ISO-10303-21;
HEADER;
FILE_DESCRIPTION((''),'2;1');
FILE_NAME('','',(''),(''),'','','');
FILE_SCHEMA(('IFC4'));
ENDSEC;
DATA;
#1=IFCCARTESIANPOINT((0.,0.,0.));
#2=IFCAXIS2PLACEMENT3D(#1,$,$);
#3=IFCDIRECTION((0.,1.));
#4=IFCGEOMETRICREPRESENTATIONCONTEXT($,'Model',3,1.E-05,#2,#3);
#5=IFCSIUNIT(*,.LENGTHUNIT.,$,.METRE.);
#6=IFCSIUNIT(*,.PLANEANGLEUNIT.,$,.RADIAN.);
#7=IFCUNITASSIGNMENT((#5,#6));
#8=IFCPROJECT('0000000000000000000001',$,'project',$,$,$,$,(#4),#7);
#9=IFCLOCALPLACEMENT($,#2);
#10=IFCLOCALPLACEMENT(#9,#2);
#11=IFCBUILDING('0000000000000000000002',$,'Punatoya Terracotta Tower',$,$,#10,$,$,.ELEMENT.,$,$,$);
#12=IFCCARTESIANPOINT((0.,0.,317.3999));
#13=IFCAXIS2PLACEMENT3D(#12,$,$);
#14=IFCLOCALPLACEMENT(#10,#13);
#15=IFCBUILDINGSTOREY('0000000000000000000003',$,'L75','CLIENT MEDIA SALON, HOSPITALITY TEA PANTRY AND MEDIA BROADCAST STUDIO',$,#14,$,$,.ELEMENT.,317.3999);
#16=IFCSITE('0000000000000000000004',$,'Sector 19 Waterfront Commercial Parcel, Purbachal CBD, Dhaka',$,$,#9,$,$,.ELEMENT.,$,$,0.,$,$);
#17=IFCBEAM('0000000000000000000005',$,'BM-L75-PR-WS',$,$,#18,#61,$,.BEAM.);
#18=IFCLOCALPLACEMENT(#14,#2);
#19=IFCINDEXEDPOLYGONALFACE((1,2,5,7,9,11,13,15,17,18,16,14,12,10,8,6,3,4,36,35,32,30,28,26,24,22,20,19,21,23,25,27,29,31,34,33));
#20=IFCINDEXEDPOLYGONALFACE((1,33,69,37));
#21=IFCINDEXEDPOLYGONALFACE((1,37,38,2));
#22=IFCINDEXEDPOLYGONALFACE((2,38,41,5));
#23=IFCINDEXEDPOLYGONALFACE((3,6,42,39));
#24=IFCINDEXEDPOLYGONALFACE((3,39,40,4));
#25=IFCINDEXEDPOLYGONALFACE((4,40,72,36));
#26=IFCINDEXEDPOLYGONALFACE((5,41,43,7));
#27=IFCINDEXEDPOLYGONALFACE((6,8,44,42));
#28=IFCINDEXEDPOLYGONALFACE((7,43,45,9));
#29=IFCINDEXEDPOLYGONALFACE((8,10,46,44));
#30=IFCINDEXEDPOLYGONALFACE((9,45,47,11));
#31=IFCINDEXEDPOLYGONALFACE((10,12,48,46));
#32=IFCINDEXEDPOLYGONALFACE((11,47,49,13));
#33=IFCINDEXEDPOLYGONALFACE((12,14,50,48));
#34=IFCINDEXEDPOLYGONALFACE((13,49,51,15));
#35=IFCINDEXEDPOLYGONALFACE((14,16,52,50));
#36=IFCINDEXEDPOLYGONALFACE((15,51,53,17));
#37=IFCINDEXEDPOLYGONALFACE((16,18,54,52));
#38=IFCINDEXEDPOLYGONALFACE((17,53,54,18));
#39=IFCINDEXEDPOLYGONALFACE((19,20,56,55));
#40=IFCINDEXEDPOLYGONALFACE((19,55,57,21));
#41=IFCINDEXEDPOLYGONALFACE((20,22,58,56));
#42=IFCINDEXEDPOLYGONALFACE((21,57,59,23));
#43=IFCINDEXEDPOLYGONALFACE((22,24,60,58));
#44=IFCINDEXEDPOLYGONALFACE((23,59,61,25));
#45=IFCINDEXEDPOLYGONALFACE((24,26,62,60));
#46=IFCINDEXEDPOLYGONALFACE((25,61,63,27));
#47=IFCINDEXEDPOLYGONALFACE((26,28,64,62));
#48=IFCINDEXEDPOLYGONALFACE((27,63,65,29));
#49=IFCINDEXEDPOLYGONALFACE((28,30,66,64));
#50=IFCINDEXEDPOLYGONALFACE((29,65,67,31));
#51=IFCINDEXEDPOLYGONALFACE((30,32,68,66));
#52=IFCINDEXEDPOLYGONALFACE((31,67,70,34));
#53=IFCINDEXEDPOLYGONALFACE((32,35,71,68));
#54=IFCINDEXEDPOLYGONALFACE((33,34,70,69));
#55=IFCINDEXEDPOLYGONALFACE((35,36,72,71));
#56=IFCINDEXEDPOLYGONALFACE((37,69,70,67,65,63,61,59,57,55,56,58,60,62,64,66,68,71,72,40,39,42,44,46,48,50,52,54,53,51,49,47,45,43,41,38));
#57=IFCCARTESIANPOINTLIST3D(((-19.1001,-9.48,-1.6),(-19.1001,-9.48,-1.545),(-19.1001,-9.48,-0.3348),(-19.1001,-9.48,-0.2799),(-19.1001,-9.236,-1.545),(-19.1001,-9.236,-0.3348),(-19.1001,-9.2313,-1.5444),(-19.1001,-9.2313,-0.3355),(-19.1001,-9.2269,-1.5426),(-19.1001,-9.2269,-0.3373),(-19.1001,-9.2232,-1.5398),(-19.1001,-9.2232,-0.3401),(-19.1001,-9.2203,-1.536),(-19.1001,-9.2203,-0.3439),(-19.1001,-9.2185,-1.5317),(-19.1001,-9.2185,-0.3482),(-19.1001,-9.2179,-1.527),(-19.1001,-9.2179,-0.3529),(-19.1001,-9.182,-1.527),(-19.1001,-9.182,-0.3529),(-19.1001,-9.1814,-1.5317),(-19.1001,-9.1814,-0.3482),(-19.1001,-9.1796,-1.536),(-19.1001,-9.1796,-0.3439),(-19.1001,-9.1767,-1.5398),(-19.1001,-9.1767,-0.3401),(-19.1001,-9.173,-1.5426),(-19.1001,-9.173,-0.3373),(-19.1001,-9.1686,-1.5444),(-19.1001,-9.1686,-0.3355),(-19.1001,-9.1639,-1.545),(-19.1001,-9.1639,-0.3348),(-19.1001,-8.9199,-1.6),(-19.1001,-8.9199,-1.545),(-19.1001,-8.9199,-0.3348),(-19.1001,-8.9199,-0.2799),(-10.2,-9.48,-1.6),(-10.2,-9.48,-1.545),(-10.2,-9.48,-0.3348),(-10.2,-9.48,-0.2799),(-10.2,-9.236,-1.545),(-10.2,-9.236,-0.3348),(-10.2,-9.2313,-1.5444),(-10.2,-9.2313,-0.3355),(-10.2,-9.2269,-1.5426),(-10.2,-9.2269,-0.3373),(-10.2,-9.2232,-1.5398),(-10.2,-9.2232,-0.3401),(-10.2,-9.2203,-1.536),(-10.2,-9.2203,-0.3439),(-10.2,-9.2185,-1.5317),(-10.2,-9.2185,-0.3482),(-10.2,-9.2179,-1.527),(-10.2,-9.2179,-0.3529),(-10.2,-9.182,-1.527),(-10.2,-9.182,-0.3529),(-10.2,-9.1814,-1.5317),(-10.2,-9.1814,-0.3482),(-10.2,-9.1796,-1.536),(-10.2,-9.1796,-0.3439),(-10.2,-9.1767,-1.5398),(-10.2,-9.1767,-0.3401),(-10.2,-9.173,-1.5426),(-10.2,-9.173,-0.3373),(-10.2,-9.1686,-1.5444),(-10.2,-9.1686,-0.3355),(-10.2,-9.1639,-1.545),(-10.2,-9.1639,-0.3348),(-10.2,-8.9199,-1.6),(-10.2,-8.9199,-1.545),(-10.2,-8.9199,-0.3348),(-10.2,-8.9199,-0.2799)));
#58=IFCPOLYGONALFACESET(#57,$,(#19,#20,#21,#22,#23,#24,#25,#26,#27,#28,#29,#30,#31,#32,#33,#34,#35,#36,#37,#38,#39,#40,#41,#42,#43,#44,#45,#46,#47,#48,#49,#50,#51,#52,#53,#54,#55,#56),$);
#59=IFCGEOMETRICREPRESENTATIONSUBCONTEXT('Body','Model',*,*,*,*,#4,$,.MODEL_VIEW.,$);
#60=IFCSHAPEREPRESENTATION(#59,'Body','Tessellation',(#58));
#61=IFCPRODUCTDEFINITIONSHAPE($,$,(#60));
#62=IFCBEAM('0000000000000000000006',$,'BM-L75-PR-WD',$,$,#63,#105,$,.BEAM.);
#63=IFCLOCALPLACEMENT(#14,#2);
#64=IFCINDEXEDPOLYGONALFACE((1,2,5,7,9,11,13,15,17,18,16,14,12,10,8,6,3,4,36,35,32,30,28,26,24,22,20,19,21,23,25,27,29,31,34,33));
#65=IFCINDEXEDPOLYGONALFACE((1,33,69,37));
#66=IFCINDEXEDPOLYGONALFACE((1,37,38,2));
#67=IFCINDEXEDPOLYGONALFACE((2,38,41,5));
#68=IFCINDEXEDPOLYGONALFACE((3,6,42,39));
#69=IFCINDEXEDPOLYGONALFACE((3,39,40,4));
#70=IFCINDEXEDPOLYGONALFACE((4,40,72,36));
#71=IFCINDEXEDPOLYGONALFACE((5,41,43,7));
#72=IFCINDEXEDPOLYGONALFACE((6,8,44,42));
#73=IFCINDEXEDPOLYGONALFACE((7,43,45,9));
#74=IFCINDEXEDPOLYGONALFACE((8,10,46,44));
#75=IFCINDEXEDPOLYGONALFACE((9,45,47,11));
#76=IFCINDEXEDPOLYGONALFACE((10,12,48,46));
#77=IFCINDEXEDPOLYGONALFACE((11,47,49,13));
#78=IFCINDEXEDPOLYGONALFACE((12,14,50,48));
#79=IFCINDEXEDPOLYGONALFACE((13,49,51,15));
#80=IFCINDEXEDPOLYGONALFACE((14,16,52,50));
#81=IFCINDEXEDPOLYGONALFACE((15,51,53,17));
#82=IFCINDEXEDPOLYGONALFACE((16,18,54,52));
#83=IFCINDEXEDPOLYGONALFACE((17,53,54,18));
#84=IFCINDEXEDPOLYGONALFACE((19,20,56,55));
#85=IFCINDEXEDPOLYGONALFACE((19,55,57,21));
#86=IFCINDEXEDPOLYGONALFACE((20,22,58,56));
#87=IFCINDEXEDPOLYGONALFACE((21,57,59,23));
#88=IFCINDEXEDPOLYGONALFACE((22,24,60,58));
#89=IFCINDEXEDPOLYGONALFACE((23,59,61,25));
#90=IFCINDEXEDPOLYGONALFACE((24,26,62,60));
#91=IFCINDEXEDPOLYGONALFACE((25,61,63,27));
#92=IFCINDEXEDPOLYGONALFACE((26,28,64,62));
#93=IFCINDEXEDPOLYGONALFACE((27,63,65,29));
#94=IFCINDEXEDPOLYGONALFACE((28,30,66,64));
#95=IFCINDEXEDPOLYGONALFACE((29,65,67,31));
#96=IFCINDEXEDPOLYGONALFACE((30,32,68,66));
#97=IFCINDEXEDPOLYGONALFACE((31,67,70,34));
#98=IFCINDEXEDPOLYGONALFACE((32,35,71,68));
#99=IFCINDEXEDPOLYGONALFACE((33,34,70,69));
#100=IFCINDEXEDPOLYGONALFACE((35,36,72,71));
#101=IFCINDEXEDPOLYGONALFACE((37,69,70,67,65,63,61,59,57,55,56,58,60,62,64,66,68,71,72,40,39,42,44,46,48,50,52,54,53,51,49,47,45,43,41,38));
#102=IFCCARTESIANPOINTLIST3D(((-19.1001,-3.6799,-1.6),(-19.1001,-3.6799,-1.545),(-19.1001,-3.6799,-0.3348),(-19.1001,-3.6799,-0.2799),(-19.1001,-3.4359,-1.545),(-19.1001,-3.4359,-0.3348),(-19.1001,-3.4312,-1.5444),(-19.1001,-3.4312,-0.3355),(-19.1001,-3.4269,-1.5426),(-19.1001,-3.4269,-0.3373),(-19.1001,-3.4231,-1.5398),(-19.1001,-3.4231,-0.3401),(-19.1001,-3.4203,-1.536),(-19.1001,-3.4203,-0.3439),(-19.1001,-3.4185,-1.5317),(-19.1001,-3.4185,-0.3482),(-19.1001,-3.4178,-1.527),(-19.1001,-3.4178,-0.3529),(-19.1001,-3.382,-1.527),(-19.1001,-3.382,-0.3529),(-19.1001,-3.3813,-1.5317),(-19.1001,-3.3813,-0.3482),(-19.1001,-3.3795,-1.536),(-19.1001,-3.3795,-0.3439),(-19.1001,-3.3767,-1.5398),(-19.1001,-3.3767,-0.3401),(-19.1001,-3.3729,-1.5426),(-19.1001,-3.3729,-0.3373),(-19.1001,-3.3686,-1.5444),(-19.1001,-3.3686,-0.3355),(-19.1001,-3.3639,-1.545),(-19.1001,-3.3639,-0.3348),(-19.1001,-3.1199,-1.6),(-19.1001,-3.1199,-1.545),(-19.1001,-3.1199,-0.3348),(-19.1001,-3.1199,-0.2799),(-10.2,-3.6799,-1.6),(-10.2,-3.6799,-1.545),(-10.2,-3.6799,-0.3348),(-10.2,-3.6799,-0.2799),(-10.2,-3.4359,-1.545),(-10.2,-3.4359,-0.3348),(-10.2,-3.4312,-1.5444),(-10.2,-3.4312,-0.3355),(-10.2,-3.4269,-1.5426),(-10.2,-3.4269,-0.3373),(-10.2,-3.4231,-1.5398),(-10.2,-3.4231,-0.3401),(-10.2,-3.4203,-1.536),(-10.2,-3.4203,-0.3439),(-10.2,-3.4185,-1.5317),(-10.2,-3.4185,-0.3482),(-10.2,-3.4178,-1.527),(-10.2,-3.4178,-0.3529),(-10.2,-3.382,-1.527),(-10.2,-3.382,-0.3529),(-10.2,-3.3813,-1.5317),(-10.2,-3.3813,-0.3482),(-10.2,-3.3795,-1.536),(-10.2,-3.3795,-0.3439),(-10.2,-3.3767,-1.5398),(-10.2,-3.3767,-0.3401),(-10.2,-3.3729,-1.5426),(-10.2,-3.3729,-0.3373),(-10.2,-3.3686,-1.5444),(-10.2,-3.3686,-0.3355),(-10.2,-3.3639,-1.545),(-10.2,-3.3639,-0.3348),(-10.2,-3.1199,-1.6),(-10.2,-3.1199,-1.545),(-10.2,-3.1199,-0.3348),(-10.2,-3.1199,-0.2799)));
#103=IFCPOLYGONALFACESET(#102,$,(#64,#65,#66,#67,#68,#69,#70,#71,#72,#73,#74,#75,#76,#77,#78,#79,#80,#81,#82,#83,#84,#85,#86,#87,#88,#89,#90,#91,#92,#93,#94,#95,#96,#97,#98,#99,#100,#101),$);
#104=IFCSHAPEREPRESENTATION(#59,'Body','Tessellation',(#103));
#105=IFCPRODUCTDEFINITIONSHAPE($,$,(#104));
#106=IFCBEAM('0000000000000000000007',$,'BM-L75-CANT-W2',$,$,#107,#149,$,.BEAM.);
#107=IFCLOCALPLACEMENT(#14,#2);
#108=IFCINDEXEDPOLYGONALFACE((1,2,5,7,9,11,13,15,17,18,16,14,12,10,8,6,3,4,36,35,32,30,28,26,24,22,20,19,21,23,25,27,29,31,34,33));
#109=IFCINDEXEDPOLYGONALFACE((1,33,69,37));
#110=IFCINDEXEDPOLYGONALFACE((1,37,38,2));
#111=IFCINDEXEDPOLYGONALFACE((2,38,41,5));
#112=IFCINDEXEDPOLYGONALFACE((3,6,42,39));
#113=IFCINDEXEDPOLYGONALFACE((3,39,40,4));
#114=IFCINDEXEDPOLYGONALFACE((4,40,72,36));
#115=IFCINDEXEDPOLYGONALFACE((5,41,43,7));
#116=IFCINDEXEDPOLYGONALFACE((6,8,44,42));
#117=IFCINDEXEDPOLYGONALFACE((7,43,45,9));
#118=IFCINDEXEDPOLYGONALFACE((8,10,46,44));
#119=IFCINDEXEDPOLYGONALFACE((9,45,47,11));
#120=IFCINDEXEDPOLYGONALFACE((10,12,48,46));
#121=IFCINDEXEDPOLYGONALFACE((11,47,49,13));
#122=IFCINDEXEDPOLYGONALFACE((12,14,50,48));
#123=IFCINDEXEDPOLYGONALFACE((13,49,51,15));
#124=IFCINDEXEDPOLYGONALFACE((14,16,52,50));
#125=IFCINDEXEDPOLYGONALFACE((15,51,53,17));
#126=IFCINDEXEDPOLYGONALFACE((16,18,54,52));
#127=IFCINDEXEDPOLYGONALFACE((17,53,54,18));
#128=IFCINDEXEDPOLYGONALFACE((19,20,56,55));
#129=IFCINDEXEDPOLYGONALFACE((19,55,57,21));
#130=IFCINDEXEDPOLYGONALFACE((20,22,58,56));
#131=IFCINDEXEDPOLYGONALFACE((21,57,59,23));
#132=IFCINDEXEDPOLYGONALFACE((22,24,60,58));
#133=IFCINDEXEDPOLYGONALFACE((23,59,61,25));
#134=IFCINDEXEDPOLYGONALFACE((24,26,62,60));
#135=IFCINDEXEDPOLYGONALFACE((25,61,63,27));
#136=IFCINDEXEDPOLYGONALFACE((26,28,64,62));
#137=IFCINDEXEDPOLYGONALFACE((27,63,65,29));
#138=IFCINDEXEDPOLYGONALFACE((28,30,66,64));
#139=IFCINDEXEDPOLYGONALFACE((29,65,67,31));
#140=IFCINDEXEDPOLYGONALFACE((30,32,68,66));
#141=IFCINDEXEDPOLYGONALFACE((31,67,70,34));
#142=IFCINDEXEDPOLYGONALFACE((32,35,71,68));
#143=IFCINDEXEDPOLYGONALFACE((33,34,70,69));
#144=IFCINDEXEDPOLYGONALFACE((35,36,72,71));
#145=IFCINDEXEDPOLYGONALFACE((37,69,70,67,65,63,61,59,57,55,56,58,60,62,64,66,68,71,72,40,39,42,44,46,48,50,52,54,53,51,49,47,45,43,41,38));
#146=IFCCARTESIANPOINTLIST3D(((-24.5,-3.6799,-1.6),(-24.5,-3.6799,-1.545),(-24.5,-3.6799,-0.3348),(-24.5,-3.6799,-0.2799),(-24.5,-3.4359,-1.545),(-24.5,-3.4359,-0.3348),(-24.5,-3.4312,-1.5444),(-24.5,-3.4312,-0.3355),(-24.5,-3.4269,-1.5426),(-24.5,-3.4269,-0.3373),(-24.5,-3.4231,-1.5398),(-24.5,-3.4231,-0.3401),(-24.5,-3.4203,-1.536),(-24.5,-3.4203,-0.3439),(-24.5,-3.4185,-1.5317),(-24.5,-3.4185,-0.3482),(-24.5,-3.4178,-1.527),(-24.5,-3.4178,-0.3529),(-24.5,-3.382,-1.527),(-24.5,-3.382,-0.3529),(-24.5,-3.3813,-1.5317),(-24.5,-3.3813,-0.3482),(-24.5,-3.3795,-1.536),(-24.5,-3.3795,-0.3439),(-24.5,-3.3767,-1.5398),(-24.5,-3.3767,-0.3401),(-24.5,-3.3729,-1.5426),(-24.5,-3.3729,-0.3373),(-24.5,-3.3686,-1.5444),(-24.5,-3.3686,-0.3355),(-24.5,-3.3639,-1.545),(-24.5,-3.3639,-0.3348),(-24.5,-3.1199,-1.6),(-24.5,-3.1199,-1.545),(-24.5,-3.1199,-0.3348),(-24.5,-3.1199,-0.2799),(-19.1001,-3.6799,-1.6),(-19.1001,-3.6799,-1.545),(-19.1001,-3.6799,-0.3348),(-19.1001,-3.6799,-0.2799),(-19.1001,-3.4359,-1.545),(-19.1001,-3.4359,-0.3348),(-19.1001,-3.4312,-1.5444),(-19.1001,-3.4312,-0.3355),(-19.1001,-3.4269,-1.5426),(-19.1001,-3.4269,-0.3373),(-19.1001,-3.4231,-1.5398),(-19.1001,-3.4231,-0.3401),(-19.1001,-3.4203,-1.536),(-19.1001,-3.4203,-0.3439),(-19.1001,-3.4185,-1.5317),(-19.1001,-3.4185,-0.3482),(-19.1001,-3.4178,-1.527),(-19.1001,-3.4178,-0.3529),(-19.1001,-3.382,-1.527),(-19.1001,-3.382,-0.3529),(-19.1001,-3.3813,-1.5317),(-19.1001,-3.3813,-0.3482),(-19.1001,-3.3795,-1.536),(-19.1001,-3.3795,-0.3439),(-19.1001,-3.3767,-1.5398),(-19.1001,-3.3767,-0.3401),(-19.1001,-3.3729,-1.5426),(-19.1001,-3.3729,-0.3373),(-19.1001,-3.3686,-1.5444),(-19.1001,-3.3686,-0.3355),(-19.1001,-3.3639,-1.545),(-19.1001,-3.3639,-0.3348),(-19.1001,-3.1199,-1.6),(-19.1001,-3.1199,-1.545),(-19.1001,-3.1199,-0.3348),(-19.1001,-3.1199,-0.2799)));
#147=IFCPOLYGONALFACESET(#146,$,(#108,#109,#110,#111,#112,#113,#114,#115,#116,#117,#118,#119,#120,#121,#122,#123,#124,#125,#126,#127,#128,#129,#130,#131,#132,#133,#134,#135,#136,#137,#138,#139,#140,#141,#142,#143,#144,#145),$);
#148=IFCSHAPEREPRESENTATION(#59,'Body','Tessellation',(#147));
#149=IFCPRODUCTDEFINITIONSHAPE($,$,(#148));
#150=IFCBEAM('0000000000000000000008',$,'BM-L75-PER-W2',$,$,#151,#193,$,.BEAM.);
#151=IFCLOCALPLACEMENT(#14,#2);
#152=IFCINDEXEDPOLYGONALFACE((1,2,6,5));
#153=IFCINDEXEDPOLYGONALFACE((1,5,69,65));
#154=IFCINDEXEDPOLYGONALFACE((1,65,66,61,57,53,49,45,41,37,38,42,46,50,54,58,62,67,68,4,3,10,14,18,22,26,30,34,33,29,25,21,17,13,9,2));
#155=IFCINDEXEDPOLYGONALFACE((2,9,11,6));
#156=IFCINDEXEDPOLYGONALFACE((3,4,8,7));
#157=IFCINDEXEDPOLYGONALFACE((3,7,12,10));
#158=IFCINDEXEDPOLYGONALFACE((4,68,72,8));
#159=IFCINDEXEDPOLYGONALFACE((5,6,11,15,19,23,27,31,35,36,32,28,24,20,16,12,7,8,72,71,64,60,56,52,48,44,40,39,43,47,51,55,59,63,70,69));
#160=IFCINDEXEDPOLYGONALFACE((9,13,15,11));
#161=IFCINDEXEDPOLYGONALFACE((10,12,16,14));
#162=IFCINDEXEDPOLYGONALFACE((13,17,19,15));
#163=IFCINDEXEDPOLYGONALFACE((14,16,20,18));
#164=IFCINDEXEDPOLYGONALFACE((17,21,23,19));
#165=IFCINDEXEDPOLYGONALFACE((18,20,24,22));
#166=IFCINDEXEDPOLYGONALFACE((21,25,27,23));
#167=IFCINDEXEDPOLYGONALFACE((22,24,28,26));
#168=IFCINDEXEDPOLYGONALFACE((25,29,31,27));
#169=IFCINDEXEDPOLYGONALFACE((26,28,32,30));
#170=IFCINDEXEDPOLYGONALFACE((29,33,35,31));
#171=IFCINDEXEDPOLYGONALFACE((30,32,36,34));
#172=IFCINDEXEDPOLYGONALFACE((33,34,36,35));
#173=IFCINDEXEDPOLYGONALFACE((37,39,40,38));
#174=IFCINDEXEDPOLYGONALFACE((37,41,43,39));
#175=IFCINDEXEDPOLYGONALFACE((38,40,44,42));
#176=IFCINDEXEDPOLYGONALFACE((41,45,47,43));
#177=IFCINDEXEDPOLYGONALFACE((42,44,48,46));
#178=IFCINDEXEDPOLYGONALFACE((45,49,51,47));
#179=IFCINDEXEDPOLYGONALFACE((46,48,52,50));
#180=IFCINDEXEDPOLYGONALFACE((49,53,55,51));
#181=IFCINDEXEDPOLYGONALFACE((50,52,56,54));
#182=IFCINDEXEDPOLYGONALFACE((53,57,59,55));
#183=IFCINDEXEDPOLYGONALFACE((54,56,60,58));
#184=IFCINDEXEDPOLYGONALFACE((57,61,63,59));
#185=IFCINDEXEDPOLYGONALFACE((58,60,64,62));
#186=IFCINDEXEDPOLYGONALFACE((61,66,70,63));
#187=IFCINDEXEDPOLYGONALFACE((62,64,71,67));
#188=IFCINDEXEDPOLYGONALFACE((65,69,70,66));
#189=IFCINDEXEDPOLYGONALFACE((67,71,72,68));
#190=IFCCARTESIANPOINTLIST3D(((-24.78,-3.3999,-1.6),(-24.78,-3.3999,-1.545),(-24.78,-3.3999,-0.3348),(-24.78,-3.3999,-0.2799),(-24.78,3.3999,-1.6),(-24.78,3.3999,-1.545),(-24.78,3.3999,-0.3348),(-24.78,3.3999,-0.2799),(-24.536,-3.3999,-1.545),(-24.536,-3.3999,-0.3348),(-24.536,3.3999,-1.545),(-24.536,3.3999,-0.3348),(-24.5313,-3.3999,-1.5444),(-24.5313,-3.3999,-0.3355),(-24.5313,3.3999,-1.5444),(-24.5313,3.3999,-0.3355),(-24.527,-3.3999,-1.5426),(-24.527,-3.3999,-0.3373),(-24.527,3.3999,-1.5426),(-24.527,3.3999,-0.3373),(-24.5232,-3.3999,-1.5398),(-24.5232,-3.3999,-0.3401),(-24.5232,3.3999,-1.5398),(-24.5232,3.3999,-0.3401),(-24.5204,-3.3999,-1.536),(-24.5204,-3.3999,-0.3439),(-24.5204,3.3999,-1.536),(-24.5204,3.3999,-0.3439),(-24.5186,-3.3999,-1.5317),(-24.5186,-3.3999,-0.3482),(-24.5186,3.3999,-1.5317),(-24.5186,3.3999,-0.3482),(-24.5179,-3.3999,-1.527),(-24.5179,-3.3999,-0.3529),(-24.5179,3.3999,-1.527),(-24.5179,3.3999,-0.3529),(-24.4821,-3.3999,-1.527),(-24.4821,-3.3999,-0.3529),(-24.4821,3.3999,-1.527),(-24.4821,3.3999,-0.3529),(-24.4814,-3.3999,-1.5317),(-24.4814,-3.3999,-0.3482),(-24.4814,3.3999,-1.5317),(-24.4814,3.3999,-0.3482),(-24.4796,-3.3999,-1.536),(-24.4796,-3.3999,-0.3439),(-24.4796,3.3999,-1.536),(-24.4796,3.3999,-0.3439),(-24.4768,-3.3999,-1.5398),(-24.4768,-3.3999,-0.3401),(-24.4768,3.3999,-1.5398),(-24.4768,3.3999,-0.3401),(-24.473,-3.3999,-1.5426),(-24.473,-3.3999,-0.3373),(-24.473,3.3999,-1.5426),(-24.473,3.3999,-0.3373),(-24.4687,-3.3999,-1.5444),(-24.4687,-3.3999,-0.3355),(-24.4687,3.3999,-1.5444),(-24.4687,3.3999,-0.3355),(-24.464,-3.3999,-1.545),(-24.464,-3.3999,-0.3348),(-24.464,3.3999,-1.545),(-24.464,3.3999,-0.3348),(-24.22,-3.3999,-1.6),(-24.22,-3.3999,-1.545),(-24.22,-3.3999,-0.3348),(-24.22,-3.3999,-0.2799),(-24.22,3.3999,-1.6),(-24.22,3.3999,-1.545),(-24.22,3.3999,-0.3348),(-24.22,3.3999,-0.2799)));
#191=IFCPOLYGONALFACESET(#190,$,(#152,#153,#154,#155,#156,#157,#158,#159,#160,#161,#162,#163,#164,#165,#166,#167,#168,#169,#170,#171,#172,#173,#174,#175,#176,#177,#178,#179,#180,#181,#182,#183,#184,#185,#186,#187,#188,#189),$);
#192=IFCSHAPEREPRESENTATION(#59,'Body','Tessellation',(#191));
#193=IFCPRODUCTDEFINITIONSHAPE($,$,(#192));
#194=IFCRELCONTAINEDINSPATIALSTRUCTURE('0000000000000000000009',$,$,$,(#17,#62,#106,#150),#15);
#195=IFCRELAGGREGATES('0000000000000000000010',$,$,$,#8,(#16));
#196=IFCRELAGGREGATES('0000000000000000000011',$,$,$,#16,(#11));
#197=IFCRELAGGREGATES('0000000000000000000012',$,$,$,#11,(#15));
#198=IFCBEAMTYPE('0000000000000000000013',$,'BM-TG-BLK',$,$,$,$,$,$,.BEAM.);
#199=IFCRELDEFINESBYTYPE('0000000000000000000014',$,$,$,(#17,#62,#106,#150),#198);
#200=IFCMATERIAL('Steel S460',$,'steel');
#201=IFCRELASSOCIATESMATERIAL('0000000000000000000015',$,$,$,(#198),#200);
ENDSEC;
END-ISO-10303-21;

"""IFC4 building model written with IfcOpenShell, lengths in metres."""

from ifc_helpers import new_model, si_unit, direction, frame, origin, origin_2d, place, context, subcontext, project, spatial, i_section, extrude, material, material_profile, profile_set, type_object, element, save


model = new_model("IFC4")

# Units and contexts
model_context = context("Model", 3, precision=1e-05, world=origin(), true_north=direction((0.0, 1.0)))
body_context = subcontext(model_context, "Body", "Model", "MODEL_VIEW")
ifc_project = project(units=[si_unit("LENGTHUNIT", "METRE"), si_unit("PLANEANGLEUNIT", "RADIAN")], contexts=[model_context])

# Site, building, storey
site_placement = place(None, origin())
site = spatial("IfcSite", under=ifc_project, at=site_placement, Name="Sector 19 Waterfront Commercial Parcel, Purbachal CBD, Dhaka", CompositionType="ELEMENT", RefElevation=0.0)
building_placement = place(site_placement, origin())
building = spatial("IfcBuilding", under=site, at=building_placement, Name="Punatoya Terracotta Tower", CompositionType="ELEMENT")
storey_placement = place(building_placement, frame((0.0, 0.0, 317.3999)))
storey = spatial("IfcBuildingStorey", under=building, at=storey_placement, Name="L75", Description="CLIENT MEDIA SALON, HOSPITALITY TEA PANTRY AND MEDIA BROADCAST STUDIO", CompositionType="ELEMENT", Elevation=317.3999)

# Shared definitions
ifc_material_1 = material(Name="Steel S460", Category="steel")

# Beams
ifc_material_profile_1 = material_profile(ifc_material_1, i_section(OverallWidth=0.5601, OverallDepth=1.3201, WebThickness=0.0359, FlangeThickness=0.0549, FilletRadius=0.0181, at=origin_2d()))
ifc_profile_set_1 = profile_set([ifc_material_profile_1], Name="Steel S460")
beam_type_1 = type_object("IfcBeamType", Name="BM-TG-BLK", PredefinedType="BEAM", material=ifc_profile_set_1)
for number, where, z_axis, x_axis, name in (
    (1, (-19.1001, -9.2, -0.9399), (1.0, 0.0, 0.0), (0.0, 1.0, 0.0), "BM-L75-PR-WS"),
    (2, (-19.1001, -3.3999, -0.9399), (1.0, 0.0, 0.0), (0.0, 1.0, 0.0), "BM-L75-PR-WD"),
):
    element("IfcBeam", number, at=place(storey_placement, frame(where, z_axis=z_axis, x_axis=x_axis)), inside=storey, type_object=beam_type_1, Name=name, PredefinedType="BEAM", context=body_context, shape_type="SweptSolid", body=[
        extrude(i_section(OverallWidth=0.5601, OverallDepth=1.3201, WebThickness=0.0359, FlangeThickness=0.0549, FilletRadius=0.0181, at=origin_2d()), origin(), (0.0, 0.0, 1.0), 8.9001),
    ])
beam_1_placement = place(storey_placement, frame((-24.5, -3.3999, -0.9399), z_axis=(1.0, 0.0, 0.0), x_axis=(0.0, 1.0, 0.0)))
element("IfcBeam", 3, at=beam_1_placement, inside=storey, type_object=beam_type_1, Name="BM-L75-CANT-W2", PredefinedType="BEAM", context=body_context, shape_type="SweptSolid", body=[
    extrude(i_section(OverallWidth=0.5601, OverallDepth=1.3201, WebThickness=0.0359, FlangeThickness=0.0549, FilletRadius=0.0181, at=origin_2d()), origin(), (0.0, 0.0, 1.0), 5.3999),
])
beam_2_placement = place(storey_placement, frame((-24.5, -3.3999, -0.9399), z_axis=(0.0, 1.0, 0.0), x_axis=(-1.0, 0.0, 0.0)))
element("IfcBeam", 4, at=beam_2_placement, inside=storey, type_object=beam_type_1, Name="BM-L75-PER-W2", PredefinedType="BEAM", context=body_context, shape_type="SweptSolid", body=[
    extrude(i_section(OverallWidth=0.5601, OverallDepth=1.3201, WebThickness=0.0359, FlangeThickness=0.0549, FilletRadius=0.0181, at=origin_2d()), origin(), (0.0, 0.0, 1.0), 6.7998),
])

save(model, "model.ifc")
